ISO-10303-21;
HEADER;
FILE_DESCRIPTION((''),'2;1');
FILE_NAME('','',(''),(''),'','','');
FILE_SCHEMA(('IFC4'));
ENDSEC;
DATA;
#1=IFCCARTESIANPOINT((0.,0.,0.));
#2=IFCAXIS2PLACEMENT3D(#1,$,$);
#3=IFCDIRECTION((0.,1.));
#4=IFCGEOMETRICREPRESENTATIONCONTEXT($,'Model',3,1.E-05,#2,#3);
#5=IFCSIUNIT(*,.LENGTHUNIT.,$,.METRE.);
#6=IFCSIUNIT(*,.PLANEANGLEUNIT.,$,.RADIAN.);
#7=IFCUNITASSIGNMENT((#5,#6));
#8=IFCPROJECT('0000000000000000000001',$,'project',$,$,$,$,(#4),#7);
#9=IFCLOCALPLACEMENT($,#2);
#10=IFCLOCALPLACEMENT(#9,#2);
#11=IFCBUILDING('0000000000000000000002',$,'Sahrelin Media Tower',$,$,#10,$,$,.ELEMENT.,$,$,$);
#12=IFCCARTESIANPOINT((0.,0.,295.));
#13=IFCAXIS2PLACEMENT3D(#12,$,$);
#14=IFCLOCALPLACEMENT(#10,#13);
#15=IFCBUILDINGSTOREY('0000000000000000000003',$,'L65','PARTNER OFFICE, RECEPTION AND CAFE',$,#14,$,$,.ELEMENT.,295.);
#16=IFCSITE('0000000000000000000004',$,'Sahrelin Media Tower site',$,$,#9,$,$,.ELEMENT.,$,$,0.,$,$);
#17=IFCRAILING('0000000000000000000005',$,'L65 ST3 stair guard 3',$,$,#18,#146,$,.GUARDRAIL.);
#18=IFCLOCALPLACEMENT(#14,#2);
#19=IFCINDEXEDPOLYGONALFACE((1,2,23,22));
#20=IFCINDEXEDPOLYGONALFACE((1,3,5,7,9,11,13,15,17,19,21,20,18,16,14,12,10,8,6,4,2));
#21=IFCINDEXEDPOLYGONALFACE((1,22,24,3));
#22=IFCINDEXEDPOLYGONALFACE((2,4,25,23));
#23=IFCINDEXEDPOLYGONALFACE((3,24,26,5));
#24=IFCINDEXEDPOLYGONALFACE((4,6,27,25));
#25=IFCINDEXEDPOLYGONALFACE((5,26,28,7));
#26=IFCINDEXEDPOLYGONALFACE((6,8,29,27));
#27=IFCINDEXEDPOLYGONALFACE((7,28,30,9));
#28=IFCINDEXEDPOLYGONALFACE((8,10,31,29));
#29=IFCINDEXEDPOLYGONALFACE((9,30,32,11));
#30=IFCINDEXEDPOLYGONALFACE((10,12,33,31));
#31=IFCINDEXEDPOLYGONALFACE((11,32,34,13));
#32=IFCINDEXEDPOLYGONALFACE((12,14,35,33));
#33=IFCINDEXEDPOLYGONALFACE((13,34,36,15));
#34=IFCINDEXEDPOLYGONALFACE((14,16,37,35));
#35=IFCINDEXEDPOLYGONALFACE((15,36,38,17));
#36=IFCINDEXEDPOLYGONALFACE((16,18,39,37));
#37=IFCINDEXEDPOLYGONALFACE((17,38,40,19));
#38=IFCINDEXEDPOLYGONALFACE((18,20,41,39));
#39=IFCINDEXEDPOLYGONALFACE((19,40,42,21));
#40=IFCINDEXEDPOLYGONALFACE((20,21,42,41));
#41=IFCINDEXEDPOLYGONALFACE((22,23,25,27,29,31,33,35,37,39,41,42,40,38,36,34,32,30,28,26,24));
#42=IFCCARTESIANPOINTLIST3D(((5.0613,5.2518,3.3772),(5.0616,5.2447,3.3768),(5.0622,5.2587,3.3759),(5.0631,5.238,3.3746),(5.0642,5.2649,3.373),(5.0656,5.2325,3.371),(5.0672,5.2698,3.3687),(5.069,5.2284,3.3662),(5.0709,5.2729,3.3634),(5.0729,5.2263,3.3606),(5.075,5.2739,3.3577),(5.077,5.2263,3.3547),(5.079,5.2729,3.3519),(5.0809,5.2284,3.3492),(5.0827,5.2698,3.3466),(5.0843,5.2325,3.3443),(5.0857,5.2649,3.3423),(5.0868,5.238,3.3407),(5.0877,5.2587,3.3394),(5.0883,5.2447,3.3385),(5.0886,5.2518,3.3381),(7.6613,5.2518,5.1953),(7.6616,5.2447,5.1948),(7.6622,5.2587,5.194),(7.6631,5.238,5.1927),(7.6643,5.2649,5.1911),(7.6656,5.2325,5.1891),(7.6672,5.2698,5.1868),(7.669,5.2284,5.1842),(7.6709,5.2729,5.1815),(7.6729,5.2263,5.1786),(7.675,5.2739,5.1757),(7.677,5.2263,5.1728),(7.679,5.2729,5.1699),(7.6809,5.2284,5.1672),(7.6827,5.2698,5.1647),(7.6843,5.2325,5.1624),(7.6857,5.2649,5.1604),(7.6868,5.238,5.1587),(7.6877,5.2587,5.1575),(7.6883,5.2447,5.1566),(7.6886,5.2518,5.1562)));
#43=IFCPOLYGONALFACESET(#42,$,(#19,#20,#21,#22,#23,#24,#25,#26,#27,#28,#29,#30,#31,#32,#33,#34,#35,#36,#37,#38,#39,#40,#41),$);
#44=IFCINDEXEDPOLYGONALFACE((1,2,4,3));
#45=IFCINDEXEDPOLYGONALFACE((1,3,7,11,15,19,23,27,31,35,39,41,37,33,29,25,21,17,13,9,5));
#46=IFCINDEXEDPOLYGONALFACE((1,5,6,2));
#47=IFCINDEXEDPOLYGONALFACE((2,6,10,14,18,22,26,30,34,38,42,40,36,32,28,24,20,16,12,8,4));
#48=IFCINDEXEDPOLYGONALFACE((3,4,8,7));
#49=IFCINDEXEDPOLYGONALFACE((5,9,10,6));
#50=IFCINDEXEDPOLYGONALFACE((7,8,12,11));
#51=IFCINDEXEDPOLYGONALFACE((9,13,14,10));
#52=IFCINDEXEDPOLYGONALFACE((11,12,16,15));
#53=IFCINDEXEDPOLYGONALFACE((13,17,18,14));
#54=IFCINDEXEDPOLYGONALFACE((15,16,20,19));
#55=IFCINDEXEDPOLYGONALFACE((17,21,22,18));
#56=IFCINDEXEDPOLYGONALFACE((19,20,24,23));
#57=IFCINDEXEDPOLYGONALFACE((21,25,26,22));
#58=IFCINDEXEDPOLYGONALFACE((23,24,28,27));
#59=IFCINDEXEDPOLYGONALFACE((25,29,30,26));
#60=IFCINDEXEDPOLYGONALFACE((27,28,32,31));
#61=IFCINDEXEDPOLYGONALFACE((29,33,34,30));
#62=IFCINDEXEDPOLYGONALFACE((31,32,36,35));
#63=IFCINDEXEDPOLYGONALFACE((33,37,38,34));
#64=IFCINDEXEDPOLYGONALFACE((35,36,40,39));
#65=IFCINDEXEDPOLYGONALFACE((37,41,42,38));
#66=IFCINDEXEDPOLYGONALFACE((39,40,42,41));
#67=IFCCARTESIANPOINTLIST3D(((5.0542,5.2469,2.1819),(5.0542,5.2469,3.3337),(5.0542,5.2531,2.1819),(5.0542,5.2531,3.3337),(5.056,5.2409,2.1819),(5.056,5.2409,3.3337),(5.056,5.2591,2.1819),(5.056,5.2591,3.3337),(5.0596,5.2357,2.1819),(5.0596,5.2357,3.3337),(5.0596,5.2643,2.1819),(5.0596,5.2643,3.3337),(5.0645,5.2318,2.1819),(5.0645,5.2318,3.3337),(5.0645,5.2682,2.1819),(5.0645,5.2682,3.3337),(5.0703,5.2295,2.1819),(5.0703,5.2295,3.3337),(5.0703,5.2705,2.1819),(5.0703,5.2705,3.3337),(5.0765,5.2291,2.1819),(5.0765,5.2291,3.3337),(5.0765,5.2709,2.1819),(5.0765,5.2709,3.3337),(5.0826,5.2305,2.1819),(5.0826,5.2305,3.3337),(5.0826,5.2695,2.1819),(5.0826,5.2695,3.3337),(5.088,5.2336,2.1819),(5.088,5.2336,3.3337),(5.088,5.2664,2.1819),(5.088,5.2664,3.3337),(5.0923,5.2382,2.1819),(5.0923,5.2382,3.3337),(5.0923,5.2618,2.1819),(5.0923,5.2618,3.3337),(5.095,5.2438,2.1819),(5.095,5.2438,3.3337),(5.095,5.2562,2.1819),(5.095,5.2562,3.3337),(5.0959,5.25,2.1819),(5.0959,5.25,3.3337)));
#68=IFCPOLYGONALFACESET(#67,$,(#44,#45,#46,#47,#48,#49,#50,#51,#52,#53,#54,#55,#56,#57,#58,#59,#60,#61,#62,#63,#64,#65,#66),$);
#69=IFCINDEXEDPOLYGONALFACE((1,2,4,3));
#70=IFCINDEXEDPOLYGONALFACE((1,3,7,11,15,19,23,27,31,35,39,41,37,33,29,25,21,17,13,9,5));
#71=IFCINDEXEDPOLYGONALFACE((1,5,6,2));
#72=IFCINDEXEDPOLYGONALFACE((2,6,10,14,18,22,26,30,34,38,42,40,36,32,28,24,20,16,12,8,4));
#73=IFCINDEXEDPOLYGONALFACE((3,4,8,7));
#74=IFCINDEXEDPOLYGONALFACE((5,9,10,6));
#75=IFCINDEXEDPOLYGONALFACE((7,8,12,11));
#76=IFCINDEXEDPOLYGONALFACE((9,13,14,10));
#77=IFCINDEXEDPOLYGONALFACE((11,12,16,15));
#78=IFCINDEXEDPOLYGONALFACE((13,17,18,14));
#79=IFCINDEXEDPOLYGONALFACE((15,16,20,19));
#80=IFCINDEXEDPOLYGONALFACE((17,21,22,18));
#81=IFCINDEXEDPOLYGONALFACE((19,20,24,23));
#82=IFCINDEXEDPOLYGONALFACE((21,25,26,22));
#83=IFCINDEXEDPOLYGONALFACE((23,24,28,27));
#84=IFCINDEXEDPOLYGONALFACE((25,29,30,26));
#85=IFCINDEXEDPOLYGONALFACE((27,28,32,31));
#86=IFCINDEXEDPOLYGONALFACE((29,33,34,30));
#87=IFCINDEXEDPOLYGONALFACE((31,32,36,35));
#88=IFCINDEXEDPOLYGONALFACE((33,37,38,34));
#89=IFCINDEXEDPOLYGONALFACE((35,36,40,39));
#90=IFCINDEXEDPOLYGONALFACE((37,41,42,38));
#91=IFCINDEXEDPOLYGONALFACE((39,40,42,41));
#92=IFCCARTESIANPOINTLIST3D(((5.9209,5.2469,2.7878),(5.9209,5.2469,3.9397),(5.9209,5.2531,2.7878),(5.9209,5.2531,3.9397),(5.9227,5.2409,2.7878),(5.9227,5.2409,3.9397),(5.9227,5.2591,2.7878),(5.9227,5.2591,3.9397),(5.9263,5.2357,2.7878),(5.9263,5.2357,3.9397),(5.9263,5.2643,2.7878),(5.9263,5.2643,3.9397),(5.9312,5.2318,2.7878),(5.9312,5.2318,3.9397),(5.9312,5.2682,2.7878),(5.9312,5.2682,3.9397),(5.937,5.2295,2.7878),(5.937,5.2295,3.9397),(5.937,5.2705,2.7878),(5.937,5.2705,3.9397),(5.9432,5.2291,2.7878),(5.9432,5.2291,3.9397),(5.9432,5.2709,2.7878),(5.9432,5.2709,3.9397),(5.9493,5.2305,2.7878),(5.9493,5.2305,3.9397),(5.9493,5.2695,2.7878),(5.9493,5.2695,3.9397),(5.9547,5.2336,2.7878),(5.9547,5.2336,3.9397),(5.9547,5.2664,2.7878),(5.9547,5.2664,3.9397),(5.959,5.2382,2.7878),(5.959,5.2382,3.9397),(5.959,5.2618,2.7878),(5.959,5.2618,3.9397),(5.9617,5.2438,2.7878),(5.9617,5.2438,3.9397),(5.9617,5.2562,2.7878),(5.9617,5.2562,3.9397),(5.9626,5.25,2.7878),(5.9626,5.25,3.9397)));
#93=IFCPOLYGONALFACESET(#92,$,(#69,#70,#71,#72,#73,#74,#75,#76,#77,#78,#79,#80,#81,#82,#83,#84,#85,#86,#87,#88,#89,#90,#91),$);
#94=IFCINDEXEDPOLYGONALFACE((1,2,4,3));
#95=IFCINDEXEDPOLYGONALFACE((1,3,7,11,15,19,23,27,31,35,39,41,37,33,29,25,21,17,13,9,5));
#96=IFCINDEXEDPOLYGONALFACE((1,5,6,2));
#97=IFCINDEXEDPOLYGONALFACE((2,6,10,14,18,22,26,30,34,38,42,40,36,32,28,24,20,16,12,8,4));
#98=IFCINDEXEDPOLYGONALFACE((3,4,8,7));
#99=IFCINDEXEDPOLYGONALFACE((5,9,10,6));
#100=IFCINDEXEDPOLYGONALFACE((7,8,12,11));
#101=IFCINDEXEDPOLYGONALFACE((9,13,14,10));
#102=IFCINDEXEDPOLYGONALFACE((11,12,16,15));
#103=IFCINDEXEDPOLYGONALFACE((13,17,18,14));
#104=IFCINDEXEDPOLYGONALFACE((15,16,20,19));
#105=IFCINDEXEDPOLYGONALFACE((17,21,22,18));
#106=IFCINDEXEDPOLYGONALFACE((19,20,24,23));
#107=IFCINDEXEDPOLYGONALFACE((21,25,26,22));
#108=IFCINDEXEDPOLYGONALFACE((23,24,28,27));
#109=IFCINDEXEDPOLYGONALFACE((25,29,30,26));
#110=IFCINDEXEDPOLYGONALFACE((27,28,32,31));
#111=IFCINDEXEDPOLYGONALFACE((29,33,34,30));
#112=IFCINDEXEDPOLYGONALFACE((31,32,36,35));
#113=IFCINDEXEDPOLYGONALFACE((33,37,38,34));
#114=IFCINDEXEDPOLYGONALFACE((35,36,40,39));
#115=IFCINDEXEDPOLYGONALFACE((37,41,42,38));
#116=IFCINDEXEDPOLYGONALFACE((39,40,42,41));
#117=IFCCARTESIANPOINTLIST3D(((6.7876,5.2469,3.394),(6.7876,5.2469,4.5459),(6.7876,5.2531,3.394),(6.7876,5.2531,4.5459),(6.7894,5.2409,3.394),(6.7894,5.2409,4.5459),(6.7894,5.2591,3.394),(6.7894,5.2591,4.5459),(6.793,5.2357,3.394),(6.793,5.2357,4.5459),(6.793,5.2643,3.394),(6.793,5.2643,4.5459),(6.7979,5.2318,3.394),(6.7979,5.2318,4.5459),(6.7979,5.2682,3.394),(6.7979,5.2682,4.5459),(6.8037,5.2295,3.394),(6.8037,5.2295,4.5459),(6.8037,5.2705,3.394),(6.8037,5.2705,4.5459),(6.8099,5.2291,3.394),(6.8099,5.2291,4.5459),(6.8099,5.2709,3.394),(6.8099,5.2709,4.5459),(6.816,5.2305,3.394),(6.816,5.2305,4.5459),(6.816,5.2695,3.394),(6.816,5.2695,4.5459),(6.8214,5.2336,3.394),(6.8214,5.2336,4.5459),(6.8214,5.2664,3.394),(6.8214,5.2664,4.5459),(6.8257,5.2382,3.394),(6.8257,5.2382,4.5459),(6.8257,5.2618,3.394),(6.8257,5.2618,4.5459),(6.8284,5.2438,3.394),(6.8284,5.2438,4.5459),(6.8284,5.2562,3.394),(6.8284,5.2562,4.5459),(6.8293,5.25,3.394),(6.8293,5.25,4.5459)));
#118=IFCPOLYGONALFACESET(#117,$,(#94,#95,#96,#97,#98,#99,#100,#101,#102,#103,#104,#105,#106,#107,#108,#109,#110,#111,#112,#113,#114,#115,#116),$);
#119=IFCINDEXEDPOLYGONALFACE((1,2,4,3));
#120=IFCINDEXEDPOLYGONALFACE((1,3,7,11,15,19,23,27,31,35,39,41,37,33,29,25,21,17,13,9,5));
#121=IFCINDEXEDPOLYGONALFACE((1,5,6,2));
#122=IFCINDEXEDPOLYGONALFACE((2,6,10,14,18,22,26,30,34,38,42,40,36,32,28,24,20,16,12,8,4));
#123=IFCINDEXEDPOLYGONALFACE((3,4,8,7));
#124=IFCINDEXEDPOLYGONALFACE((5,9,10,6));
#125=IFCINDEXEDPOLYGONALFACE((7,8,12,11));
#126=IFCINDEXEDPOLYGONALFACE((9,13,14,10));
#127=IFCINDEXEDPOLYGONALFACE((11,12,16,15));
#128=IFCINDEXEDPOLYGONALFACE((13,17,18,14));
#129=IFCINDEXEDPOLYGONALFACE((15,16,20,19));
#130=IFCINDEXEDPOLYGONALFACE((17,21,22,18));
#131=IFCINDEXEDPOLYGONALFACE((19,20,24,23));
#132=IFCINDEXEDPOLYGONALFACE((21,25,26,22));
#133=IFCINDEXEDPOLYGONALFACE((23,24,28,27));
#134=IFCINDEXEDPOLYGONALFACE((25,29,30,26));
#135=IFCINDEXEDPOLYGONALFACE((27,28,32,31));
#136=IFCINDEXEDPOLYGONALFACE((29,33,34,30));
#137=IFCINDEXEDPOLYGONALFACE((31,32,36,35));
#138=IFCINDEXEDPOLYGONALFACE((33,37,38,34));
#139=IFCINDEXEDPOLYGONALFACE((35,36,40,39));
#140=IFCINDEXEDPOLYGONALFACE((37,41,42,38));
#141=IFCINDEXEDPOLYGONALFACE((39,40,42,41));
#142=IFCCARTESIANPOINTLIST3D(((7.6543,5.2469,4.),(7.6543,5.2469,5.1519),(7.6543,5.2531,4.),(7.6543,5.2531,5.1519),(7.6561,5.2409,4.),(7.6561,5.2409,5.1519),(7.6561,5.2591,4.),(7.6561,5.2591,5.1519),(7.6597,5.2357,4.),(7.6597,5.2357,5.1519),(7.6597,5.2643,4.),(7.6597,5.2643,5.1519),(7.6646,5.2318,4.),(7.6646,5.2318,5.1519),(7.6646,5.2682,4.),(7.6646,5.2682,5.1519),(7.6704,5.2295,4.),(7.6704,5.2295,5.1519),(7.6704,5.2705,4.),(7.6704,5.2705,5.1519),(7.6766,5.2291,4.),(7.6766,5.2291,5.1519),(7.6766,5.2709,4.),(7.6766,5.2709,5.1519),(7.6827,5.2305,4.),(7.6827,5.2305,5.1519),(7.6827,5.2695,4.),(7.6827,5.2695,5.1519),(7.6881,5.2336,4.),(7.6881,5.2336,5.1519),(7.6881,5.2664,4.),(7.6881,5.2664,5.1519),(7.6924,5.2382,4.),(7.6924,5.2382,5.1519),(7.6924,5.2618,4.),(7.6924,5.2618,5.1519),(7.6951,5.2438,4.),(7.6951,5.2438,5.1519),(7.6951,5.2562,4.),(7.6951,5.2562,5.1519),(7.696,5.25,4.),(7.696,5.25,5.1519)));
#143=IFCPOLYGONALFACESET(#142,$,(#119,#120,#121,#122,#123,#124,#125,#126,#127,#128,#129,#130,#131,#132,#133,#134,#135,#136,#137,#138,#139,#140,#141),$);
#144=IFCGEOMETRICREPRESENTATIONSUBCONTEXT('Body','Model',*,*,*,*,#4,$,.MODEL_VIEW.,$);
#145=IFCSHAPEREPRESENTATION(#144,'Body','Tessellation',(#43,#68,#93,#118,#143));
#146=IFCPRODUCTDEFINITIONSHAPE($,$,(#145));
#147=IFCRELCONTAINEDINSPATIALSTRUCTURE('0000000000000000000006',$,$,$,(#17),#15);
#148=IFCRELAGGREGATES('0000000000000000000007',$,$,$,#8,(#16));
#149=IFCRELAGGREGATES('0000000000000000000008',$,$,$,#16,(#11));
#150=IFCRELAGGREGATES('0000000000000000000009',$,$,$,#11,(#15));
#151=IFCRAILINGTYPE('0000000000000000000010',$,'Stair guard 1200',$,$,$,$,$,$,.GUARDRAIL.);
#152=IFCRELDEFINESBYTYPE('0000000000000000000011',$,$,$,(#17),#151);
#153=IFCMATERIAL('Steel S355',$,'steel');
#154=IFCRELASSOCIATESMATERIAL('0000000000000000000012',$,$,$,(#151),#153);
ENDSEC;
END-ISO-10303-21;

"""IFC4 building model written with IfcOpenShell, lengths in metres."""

from ifc_helpers import new_model, si_unit, direction, frame, origin, origin_2d, place, context, subcontext, project, spatial, circle, extrude, material, type_object, element, save


model = new_model("IFC4")

# Units and contexts
model_context = context("Model", 3, precision=1e-05, world=origin(), true_north=direction((0.0, 1.0)))
body_context = subcontext(model_context, "Body", "Model", "MODEL_VIEW")
ifc_project = project(units=[si_unit("LENGTHUNIT", "METRE"), si_unit("PLANEANGLEUNIT", "RADIAN")], contexts=[model_context])

# Site, building, storey
site_placement = place(None, origin())
site = spatial("IfcSite", under=ifc_project, at=site_placement, Name="Sahrelin Media Tower site", CompositionType="ELEMENT", RefElevation=0.0)
building_placement = place(site_placement, origin())
building = spatial("IfcBuilding", under=site, at=building_placement, Name="Sahrelin Media Tower", CompositionType="ELEMENT")
storey_placement = place(building_placement, frame((0.0, 0.0, 295.0)))
storey = spatial("IfcBuildingStorey", under=building, at=storey_placement, Name="L65", Description="PARTNER OFFICE, RECEPTION AND CAFE", CompositionType="ELEMENT", Elevation=295.0)

# Shared definitions
ifc_material_1 = material(Name="Steel S355", Category="steel")

# Railing
railing_type_1 = type_object("IfcRailingType", Name="Stair guard 1200", PredefinedType="GUARDRAIL", material=ifc_material_1)
railing_1_placement = place(storey_placement, frame((5.075, 5.25, 2.1819)))
element("IfcRailing", 1, at=railing_1_placement, inside=storey, type_object=railing_type_1, Name="L65 ST3 stair guard 3", PredefinedType="GUARDRAIL", context=body_context, shape_type="SweptSolid", body=[
    extrude(circle(Radius=0.0239, at=origin_2d()), frame((0.0, 0.0, 1.1758), z_axis=(0.819521, 0.0, 0.573049), x_axis=(0.0, 1.0, 0.0)), (0.0, 0.0, 1.0), 3.1726),
    extrude(circle(Radius=0.021, at=origin_2d()), origin(), (0.0, 0.0, 1.0), 1.1519),
    extrude(circle(Radius=0.021, at=origin_2d()), frame((0.8667, 0.0, 0.606)), (0.0, 0.0, 1.0), 1.1519),
    extrude(circle(Radius=0.021, at=origin_2d()), frame((1.7334, 0.0, 1.2122)), (0.0, 0.0, 1.0), 1.1519),
    extrude(circle(Radius=0.021, at=origin_2d()), frame((2.6001, 0.0, 1.8181)), (0.0, 0.0, 1.0), 1.1519),
])

save(model, "model.ifc")
